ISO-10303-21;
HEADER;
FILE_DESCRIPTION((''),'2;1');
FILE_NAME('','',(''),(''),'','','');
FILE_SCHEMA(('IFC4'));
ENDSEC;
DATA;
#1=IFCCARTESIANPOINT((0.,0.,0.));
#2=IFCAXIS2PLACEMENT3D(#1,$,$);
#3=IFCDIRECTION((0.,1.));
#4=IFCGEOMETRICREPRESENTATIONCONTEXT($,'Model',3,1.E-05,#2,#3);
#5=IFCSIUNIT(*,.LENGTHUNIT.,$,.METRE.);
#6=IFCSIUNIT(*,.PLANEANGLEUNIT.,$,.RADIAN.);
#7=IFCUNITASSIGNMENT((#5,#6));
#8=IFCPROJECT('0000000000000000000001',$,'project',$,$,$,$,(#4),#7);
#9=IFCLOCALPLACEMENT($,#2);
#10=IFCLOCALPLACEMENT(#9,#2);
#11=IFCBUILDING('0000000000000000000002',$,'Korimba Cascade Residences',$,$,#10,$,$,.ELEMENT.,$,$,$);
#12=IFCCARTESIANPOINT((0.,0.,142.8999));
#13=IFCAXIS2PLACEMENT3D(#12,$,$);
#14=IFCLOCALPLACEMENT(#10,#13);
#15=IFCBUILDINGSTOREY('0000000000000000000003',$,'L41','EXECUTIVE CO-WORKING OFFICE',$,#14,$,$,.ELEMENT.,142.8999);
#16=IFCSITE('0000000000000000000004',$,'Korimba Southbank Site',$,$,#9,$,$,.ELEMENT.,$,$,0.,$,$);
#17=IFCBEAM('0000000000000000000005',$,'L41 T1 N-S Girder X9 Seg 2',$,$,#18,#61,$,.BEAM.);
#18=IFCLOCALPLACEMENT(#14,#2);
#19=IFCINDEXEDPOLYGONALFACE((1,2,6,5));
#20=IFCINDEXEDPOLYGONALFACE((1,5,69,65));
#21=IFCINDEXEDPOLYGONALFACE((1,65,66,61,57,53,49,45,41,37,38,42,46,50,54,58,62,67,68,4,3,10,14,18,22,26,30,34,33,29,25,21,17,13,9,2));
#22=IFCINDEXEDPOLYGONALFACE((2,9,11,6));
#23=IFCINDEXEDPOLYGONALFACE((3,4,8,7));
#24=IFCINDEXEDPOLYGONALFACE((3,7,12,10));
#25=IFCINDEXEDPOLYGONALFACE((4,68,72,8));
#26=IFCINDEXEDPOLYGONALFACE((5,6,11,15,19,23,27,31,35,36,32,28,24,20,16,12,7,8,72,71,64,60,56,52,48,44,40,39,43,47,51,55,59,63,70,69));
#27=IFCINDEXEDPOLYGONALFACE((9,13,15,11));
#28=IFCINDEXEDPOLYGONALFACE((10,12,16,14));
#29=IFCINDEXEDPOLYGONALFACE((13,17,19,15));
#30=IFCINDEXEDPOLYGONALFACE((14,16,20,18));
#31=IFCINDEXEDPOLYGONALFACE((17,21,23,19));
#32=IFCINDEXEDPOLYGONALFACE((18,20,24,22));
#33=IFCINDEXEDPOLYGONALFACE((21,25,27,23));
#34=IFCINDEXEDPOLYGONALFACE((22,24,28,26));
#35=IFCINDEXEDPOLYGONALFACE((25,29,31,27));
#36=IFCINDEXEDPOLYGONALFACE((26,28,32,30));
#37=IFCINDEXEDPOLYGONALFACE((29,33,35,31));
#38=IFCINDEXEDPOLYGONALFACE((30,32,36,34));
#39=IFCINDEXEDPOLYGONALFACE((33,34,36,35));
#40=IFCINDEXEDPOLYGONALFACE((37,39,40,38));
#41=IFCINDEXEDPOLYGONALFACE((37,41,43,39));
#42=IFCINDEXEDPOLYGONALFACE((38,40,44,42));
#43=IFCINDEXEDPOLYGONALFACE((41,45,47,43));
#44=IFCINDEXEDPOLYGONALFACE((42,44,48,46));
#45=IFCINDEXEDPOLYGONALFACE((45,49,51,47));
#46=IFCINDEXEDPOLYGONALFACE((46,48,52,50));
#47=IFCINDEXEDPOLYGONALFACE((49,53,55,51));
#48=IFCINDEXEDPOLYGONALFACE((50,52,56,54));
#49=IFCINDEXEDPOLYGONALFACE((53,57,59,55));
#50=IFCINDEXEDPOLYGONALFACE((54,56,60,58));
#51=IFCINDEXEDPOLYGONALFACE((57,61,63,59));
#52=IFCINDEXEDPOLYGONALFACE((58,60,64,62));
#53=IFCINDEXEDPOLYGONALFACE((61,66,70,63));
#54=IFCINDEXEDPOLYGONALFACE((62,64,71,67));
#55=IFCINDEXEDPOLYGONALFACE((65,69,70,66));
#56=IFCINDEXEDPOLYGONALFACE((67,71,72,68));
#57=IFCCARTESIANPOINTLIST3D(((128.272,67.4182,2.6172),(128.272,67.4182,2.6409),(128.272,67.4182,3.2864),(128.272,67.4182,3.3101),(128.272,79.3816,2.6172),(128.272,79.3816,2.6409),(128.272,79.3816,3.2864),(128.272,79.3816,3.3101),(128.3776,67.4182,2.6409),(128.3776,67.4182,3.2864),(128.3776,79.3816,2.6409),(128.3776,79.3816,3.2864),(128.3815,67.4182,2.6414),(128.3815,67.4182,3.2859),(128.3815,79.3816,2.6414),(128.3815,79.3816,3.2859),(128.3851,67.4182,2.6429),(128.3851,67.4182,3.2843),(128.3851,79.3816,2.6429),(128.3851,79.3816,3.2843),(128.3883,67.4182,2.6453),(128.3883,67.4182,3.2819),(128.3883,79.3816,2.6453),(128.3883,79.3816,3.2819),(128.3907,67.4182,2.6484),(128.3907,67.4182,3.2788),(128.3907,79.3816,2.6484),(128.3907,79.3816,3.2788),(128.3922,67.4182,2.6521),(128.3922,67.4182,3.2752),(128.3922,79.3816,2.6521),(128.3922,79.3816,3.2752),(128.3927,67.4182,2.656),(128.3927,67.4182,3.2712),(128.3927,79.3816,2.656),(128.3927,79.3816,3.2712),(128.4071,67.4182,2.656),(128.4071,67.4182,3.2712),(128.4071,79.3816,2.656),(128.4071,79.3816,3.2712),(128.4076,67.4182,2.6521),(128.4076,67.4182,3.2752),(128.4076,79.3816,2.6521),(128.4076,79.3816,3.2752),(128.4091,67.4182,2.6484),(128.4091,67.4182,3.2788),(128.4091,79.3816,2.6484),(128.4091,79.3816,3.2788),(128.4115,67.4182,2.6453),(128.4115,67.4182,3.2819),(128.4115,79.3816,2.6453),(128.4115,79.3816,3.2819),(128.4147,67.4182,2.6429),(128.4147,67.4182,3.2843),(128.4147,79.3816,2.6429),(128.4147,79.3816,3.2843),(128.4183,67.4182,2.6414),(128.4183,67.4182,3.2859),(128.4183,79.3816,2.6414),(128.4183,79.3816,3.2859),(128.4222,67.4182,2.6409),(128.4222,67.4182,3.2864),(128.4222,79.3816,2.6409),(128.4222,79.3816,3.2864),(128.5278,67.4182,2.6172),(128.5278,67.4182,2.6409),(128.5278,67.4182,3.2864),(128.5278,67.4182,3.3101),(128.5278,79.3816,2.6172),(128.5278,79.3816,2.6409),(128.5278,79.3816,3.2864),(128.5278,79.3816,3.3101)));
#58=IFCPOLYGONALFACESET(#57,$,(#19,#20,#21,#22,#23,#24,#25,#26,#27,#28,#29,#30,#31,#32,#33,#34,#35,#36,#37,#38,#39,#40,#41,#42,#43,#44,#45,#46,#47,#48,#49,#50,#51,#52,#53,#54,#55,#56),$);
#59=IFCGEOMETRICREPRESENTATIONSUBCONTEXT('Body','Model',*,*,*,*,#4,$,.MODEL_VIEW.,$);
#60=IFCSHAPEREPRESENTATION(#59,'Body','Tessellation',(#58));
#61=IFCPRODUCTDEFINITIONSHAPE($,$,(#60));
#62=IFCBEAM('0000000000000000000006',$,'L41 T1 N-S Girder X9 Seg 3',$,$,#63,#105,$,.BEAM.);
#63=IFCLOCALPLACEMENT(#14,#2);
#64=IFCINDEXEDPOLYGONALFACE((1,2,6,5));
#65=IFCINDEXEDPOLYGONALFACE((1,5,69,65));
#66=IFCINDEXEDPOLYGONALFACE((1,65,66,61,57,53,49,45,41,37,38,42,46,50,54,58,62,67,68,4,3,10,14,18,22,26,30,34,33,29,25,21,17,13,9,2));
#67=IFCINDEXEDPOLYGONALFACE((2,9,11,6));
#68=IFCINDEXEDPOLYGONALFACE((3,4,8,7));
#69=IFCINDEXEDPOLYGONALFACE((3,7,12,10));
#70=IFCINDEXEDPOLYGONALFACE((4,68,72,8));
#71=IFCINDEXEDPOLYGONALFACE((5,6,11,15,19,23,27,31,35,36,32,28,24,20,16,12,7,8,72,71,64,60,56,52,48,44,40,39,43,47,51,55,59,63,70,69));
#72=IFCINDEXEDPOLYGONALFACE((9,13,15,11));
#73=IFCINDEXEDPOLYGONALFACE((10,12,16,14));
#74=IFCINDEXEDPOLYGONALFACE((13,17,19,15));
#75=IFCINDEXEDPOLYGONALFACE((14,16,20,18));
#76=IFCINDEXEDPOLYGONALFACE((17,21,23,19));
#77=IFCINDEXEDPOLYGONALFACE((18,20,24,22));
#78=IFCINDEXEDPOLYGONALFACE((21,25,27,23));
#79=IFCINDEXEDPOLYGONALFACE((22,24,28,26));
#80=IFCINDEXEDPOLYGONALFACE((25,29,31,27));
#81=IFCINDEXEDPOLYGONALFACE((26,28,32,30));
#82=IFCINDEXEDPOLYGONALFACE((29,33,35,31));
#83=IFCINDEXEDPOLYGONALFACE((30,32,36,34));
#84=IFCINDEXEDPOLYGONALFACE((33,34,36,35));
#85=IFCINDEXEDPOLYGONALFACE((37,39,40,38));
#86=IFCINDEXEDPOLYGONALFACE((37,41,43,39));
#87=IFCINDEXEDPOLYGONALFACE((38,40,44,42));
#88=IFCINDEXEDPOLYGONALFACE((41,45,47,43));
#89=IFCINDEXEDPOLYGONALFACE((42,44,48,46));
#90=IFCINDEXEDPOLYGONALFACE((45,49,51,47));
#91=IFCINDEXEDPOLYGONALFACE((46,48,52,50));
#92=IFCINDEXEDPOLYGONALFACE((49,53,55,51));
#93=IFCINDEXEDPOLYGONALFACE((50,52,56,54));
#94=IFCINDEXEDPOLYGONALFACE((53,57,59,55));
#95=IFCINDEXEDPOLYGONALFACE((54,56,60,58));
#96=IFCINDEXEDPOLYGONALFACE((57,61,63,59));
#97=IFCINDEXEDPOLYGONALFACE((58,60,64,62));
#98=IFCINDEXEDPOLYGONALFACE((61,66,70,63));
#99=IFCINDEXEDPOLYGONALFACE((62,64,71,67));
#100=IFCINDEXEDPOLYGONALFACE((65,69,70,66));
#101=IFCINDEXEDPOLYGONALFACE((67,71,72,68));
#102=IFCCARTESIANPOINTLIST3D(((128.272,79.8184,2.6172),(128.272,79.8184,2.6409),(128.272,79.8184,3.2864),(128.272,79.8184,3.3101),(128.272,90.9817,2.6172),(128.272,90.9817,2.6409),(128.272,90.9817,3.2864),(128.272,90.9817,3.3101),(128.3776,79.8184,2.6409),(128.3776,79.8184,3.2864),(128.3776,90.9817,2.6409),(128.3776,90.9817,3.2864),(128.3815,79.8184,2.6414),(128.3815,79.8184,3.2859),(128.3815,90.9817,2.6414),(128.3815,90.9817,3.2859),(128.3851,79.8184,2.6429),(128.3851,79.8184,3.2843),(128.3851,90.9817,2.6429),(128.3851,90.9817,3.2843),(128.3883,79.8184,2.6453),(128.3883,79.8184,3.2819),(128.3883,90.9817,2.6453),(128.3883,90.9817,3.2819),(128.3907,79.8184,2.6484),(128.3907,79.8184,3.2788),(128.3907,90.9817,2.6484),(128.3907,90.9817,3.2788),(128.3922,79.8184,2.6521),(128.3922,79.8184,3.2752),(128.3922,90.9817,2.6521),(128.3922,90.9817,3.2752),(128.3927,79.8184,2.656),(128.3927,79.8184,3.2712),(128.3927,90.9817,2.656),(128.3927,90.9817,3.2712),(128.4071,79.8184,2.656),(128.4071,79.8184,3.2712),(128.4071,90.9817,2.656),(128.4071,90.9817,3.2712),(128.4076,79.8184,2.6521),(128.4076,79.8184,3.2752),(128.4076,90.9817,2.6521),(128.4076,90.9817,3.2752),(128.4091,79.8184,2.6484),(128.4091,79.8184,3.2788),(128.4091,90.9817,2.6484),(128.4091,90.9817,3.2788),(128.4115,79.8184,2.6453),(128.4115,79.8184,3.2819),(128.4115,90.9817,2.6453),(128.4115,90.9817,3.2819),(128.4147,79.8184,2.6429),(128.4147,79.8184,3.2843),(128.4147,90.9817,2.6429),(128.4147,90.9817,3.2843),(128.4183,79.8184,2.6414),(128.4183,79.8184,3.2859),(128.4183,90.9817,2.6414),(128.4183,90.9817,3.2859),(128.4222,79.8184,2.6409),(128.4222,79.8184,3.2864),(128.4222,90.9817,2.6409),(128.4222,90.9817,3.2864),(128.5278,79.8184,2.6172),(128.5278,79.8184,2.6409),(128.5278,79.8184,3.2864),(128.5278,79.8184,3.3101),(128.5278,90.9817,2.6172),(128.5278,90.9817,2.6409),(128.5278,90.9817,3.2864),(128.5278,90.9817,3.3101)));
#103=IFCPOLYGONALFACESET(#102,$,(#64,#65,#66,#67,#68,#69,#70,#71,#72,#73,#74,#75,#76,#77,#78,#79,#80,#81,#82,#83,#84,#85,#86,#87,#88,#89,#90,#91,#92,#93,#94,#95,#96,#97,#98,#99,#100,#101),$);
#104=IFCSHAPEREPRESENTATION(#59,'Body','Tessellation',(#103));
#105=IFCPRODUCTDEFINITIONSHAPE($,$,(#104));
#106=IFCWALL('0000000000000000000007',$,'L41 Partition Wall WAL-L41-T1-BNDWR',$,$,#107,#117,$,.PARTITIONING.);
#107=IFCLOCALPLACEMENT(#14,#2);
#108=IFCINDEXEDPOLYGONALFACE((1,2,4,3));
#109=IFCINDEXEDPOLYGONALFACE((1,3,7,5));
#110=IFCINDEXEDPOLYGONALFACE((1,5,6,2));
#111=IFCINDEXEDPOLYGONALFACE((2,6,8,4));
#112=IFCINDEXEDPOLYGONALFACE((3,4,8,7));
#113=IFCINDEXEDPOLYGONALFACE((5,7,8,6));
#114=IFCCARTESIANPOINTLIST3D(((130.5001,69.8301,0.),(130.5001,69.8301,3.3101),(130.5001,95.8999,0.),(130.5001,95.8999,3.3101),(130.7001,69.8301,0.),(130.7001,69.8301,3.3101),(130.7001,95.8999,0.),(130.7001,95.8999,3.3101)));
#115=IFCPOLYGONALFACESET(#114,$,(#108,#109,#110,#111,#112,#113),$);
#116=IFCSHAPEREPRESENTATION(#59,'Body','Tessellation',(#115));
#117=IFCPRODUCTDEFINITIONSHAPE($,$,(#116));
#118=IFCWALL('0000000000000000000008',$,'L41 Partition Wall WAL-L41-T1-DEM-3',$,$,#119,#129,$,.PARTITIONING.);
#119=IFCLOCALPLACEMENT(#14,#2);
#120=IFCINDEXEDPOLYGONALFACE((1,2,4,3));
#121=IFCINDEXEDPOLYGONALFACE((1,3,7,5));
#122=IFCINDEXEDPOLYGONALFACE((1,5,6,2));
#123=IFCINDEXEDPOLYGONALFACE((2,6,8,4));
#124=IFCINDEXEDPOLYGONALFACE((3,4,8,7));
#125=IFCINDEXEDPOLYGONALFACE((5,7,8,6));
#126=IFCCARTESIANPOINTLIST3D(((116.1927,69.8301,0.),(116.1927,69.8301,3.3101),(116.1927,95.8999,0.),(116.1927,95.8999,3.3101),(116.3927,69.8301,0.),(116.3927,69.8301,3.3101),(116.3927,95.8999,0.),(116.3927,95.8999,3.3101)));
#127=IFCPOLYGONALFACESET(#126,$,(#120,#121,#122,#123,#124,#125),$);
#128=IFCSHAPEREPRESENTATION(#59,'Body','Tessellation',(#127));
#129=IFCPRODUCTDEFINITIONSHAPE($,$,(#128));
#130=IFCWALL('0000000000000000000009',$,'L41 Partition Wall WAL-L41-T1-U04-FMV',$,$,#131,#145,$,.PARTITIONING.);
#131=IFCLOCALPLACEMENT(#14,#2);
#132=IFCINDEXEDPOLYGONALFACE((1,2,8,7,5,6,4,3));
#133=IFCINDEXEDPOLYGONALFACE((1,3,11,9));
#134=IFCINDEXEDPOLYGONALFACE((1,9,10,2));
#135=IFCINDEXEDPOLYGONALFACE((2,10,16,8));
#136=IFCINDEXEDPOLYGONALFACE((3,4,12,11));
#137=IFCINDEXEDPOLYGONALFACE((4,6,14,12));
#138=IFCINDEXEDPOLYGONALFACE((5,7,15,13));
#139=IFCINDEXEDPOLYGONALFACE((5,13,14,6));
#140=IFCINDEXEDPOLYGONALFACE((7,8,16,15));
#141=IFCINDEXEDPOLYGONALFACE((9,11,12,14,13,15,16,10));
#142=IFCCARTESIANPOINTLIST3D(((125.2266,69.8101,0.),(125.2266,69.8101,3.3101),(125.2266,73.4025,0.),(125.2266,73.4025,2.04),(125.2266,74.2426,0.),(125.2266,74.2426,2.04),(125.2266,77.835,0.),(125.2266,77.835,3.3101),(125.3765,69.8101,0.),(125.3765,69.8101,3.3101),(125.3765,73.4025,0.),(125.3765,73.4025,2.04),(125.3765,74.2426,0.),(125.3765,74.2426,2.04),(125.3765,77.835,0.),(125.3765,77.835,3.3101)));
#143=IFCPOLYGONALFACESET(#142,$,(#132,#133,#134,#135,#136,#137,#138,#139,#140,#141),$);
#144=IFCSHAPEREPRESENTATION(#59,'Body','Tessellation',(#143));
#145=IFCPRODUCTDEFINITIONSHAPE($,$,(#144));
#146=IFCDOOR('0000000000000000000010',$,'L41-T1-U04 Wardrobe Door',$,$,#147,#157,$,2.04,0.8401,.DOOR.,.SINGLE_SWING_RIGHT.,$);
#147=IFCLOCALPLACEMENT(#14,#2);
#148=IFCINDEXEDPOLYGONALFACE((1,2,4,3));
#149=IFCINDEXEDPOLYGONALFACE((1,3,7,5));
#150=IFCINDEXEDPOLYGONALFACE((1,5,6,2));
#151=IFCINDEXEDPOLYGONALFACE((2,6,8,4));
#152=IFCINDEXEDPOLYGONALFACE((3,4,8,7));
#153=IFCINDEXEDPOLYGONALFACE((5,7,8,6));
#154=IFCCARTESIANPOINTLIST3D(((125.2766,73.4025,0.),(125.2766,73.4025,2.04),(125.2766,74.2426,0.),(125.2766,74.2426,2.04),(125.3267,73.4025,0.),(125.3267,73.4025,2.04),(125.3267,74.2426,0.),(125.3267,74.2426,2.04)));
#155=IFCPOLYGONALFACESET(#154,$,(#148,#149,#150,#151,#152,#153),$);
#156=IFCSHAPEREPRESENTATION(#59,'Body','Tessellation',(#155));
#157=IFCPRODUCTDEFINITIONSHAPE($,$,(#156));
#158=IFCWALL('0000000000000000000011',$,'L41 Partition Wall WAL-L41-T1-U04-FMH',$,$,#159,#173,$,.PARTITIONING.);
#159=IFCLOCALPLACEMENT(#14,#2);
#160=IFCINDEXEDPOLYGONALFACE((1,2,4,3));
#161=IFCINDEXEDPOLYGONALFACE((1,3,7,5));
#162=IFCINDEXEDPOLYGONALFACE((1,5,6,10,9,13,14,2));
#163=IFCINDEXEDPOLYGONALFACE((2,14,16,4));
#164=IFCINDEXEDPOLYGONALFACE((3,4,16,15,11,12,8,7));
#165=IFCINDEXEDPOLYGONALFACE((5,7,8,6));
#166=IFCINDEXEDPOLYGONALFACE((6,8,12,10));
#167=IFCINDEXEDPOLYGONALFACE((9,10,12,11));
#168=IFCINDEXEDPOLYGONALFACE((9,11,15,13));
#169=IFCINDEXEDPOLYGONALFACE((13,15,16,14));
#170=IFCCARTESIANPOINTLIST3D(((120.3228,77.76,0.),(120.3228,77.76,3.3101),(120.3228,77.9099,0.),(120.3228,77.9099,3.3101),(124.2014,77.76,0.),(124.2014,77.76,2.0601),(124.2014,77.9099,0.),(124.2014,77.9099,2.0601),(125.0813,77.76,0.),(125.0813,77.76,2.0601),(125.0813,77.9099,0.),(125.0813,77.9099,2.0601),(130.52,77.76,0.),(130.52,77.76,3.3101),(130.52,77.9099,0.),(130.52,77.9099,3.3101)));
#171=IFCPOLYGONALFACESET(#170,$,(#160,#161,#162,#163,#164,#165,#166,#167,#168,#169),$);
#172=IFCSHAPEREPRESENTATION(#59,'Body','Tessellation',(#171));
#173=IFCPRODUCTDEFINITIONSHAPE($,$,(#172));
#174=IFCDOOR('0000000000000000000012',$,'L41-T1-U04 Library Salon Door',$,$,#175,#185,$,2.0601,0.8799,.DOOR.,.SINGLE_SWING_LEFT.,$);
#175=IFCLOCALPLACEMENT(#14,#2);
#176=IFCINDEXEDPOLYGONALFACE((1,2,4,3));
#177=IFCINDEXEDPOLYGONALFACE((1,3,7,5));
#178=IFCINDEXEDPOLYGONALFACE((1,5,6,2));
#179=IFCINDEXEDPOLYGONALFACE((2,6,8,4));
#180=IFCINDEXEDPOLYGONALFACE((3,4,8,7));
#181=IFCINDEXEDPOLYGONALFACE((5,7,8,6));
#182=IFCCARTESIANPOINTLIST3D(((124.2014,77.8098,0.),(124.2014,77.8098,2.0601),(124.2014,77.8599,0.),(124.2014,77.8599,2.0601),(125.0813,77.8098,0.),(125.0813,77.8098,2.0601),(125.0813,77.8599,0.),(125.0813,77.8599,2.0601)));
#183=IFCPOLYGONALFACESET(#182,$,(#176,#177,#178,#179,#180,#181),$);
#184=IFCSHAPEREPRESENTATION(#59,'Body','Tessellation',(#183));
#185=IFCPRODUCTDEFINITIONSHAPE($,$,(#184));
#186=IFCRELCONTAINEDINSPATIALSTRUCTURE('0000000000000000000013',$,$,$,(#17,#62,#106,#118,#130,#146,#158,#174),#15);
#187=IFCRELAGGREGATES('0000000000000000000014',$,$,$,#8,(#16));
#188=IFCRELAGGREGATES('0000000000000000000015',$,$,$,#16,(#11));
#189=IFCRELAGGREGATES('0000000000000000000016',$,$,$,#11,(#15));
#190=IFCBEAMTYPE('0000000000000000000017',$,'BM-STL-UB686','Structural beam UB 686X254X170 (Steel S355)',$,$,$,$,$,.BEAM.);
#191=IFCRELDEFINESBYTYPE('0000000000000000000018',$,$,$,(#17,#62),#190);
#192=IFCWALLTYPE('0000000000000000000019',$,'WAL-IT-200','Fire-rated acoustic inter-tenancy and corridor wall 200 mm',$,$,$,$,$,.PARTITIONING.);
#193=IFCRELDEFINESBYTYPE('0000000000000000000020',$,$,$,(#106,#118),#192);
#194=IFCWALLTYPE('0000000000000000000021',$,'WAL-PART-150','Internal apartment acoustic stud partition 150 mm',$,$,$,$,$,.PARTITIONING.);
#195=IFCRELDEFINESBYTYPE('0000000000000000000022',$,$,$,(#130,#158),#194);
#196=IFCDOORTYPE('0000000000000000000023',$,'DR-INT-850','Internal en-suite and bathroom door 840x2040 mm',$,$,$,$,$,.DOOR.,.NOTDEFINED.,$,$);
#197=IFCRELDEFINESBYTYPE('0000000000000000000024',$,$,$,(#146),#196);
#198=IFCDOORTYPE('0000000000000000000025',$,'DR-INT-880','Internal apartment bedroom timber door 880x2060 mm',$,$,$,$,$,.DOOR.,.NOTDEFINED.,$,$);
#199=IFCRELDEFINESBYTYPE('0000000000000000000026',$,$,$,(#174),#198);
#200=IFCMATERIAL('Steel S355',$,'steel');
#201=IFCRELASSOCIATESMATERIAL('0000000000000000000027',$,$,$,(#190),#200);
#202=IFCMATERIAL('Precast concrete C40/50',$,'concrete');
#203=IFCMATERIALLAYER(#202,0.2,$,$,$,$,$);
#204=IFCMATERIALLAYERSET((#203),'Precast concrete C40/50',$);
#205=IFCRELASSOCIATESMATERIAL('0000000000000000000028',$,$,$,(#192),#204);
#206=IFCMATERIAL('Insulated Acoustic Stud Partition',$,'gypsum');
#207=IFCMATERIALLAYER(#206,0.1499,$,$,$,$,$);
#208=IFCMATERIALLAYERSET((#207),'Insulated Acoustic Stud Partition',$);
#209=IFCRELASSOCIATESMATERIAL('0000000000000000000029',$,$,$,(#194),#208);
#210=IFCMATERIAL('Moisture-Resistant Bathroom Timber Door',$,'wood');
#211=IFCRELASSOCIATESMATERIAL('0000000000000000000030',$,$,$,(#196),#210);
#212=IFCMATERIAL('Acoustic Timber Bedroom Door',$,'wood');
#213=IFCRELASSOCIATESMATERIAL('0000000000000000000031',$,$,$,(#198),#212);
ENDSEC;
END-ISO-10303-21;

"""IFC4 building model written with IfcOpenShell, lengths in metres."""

from ifc_helpers import new_model, si_unit, direction, frame, frame_2d, origin, origin_2d, place, context, subcontext, project, spatial, rectangle, i_section, extrude, material, layer, layer_set, material_profile, profile_set, type_object, element, fill, save


model = new_model("IFC4")

# Units and contexts
model_context = context("Model", 3, precision=1e-05, world=origin(), true_north=direction((0.0, 1.0)))
body_context = subcontext(model_context, "Body", "Model", "MODEL_VIEW")
ifc_project = project(units=[si_unit("LENGTHUNIT", "METRE"), si_unit("PLANEANGLEUNIT", "RADIAN")], contexts=[model_context])

# Site, building, storey
site_placement = place(None, origin())
site = spatial("IfcSite", under=ifc_project, at=site_placement, Name="Korimba Southbank Site", CompositionType="ELEMENT", RefElevation=0.0)
building_placement = place(site_placement, origin())
building = spatial("IfcBuilding", under=site, at=building_placement, Name="Korimba Cascade Residences", CompositionType="ELEMENT")
storey_placement = place(building_placement, frame((0.0, 0.0, 142.8999)))
storey = spatial("IfcBuildingStorey", under=building, at=storey_placement, Name="L41", Description="EXECUTIVE CO-WORKING OFFICE", CompositionType="ELEMENT", Elevation=142.8999)

# Beams
ifc_material_1 = material(Name="Steel S355", Category="steel")
ifc_material_profile_1 = material_profile(ifc_material_1, i_section(OverallWidth=0.2559, OverallDepth=0.6929, WebThickness=0.0144, FlangeThickness=0.0237, FilletRadius=0.0151, at=origin_2d()), Name="Steel S355")
ifc_profile_set_1 = profile_set([ifc_material_profile_1], Name="Steel S355")
beam_type_1 = type_object("IfcBeamType", Name="BM-STL-UB686", Description="Structural beam UB 686X254X170 (Steel S355)", PredefinedType="BEAM", material=ifc_profile_set_1)
beam_1_placement = place(storey_placement, frame((128.3999, 67.4182, 2.9636), z_axis=(0.0, 1.0, 0.0), x_axis=(-1.0, 0.0, 0.0)))
element("IfcBeam", 1, at=beam_1_placement, inside=storey, type_object=beam_type_1, Name="L41 T1 N-S Girder X9 Seg 2", PredefinedType="BEAM", context=body_context, shape_type="SweptSolid", body=[
    extrude(i_section(OverallWidth=0.2559, OverallDepth=0.6929, WebThickness=0.0144, FlangeThickness=0.0237, FilletRadius=0.0151, at=origin_2d()), origin(), (0.0, 0.0, 1.0), 11.9634),
])
beam_2_placement = place(storey_placement, frame((128.3999, 79.8184, 2.9636), z_axis=(0.0, 1.0, 0.0), x_axis=(-1.0, 0.0, 0.0)))
element("IfcBeam", 2, at=beam_2_placement, inside=storey, type_object=beam_type_1, Name="L41 T1 N-S Girder X9 Seg 3", PredefinedType="BEAM", context=body_context, shape_type="SweptSolid", body=[
    extrude(i_section(OverallWidth=0.2559, OverallDepth=0.6929, WebThickness=0.0144, FlangeThickness=0.0237, FilletRadius=0.0151, at=origin_2d()), origin(), (0.0, 0.0, 1.0), 11.1633),
])

# Walls
ifc_material_2 = material(Name="Precast concrete C40/50", Category="concrete")
ifc_layer_1 = layer(ifc_material_2, 0.2)
ifc_layer_set_1 = layer_set([ifc_layer_1], Name="Precast concrete C40/50")
wall_type_1 = type_object("IfcWallType", Name="WAL-IT-200", Description="Fire-rated acoustic inter-tenancy and corridor wall 200 mm", PredefinedType="PARTITIONING", material=ifc_layer_set_1)
for number, where, z_axis, x_axis, name in (
    (3, (130.6001, 69.8301, 0.0), (0.0, 0.0, 1.0), (0.0, 1.0, 0.0), "L41 Partition Wall WAL-L41-T1-BNDWR"),
    (4, (116.2927, 69.8301, 0.0), (0.0, 0.0, 1.0), (0.0, 1.0, 0.0), "L41 Partition Wall WAL-L41-T1-DEM-3"),
):
    element("IfcWall", number, at=place(storey_placement, frame(where, z_axis=z_axis, x_axis=x_axis)), inside=storey, type_object=wall_type_1, Name=name, PredefinedType="PARTITIONING", context=body_context, shape_type="SweptSolid", body=[
        extrude(rectangle(XDim=26.0698, YDim=0.2, at=frame_2d((13.0349, 0.0))), origin(), (0.0, 0.0, 1.0), 3.3101),
    ])

# Walls, openings, doors
ifc_material_3 = material(Name="Insulated Acoustic Stud Partition", Category="gypsum")
ifc_layer_2 = layer(ifc_material_3, 0.1499)
ifc_layer_set_2 = layer_set([ifc_layer_2], Name="Insulated Acoustic Stud Partition")
wall_type_2 = type_object("IfcWallType", Name="WAL-PART-150", Description="Internal apartment acoustic stud partition 150 mm", PredefinedType="PARTITIONING", material=ifc_layer_set_2)
wall_1_placement = place(storey_placement, frame((125.3015, 69.8101, 0.0), z_axis=(0.0, 0.0, 1.0), x_axis=(0.0, 1.0, 0.0)))
wall_1 = element("IfcWall", 5, at=wall_1_placement, inside=storey, type_object=wall_type_2, Name="L41 Partition Wall WAL-L41-T1-U04-FMV", PredefinedType="PARTITIONING", context=body_context, shape_type="SweptSolid", body=[
    extrude(rectangle(XDim=8.0249, YDim=0.1499, at=frame_2d((4.0125, 0.0))), origin(), (0.0, 0.0, 1.0), 3.3101),
])
opening_1_placement = place(wall_1_placement, frame((3.5925, 0.0, 0.0)))
opening_1 = element("IfcOpeningElement", 6, at=opening_1_placement, cuts=wall_1, PredefinedType="OPENING", context=body_context, shape_type="SweptSolid", body=[
    extrude(rectangle(XDim=0.8401, YDim=2.04, at=frame_2d((0.4199, 1.02))), frame((0.0, 0.085, 0.0), z_axis=(0.0, -1.0, 0.0), x_axis=(1.0, 0.0, 0.0)), (0.0, 0.0, 1.0), 0.1699),
])
ifc_material_4 = material(Name="Moisture-Resistant Bathroom Timber Door", Category="wood")
door_type_1 = type_object("IfcDoorType", Name="DR-INT-850", Description="Internal en-suite and bathroom door 840x2040 mm", OperationType="NOTDEFINED", PredefinedType="DOOR", material=ifc_material_4)
door_1_placement = place(opening_1_placement, origin())
door_1 = element("IfcDoor", 7, at=door_1_placement, inside=storey, type_object=door_type_1, Name="L41-T1-U04 Wardrobe Door", OperationType="SINGLE_SWING_RIGHT", OverallHeight=2.04, OverallWidth=0.8401, PredefinedType="DOOR", context=body_context, shape_type="SweptSolid", body=[
    extrude(rectangle(XDim=0.8401, YDim=2.04, at=frame_2d((0.4199, 1.02))), frame((0.0, 0.0249, 0.0), z_axis=(0.0, -1.0, 0.0), x_axis=(1.0, 0.0, 0.0)), (0.0, 0.0, 1.0), 0.05),
])
fill(opening_1, door_1)
wall_2_placement = place(storey_placement, frame((120.3228, 77.835, 0.0), z_axis=(0.0, 0.0, 1.0), x_axis=(1.0, 0.0, 0.0)))
wall_2 = element("IfcWall", 8, at=wall_2_placement, inside=storey, type_object=wall_type_2, Name="L41 Partition Wall WAL-L41-T1-U04-FMH", PredefinedType="PARTITIONING", context=body_context, shape_type="SweptSolid", body=[
    extrude(rectangle(XDim=10.1973, YDim=0.1499, at=frame_2d((5.0986, 0.0))), origin(), (0.0, 0.0, 1.0), 3.3101),
])
opening_2_placement = place(wall_2_placement, frame((3.8787, 0.0, 0.0)))
opening_2 = element("IfcOpeningElement", 9, at=opening_2_placement, cuts=wall_2, PredefinedType="OPENING", context=body_context, shape_type="SweptSolid", body=[
    extrude(rectangle(XDim=0.8799, YDim=2.0601, at=frame_2d((0.4399, 1.03))), frame((0.0, 0.085, 0.0), z_axis=(0.0, -1.0, 0.0), x_axis=(1.0, 0.0, 0.0)), (0.0, 0.0, 1.0), 0.1699),
])
ifc_material_5 = material(Name="Acoustic Timber Bedroom Door", Category="wood")
door_type_2 = type_object("IfcDoorType", Name="DR-INT-880", Description="Internal apartment bedroom timber door 880x2060 mm", OperationType="NOTDEFINED", PredefinedType="DOOR", material=ifc_material_5)
door_2_placement = place(opening_2_placement, origin())
door_2 = element("IfcDoor", 10, at=door_2_placement, inside=storey, type_object=door_type_2, Name="L41-T1-U04 Library Salon Door", OperationType="SINGLE_SWING_LEFT", OverallHeight=2.0601, OverallWidth=0.8799, PredefinedType="DOOR", context=body_context, shape_type="SweptSolid", body=[
    extrude(rectangle(XDim=0.8799, YDim=2.0601, at=frame_2d((0.4399, 1.03))), frame((0.0, 0.0249, 0.0), z_axis=(0.0, -1.0, 0.0), x_axis=(1.0, 0.0, 0.0)), (0.0, 0.0, 1.0), 0.05),
])
fill(opening_2, door_2)

save(model, "model.ifc")
